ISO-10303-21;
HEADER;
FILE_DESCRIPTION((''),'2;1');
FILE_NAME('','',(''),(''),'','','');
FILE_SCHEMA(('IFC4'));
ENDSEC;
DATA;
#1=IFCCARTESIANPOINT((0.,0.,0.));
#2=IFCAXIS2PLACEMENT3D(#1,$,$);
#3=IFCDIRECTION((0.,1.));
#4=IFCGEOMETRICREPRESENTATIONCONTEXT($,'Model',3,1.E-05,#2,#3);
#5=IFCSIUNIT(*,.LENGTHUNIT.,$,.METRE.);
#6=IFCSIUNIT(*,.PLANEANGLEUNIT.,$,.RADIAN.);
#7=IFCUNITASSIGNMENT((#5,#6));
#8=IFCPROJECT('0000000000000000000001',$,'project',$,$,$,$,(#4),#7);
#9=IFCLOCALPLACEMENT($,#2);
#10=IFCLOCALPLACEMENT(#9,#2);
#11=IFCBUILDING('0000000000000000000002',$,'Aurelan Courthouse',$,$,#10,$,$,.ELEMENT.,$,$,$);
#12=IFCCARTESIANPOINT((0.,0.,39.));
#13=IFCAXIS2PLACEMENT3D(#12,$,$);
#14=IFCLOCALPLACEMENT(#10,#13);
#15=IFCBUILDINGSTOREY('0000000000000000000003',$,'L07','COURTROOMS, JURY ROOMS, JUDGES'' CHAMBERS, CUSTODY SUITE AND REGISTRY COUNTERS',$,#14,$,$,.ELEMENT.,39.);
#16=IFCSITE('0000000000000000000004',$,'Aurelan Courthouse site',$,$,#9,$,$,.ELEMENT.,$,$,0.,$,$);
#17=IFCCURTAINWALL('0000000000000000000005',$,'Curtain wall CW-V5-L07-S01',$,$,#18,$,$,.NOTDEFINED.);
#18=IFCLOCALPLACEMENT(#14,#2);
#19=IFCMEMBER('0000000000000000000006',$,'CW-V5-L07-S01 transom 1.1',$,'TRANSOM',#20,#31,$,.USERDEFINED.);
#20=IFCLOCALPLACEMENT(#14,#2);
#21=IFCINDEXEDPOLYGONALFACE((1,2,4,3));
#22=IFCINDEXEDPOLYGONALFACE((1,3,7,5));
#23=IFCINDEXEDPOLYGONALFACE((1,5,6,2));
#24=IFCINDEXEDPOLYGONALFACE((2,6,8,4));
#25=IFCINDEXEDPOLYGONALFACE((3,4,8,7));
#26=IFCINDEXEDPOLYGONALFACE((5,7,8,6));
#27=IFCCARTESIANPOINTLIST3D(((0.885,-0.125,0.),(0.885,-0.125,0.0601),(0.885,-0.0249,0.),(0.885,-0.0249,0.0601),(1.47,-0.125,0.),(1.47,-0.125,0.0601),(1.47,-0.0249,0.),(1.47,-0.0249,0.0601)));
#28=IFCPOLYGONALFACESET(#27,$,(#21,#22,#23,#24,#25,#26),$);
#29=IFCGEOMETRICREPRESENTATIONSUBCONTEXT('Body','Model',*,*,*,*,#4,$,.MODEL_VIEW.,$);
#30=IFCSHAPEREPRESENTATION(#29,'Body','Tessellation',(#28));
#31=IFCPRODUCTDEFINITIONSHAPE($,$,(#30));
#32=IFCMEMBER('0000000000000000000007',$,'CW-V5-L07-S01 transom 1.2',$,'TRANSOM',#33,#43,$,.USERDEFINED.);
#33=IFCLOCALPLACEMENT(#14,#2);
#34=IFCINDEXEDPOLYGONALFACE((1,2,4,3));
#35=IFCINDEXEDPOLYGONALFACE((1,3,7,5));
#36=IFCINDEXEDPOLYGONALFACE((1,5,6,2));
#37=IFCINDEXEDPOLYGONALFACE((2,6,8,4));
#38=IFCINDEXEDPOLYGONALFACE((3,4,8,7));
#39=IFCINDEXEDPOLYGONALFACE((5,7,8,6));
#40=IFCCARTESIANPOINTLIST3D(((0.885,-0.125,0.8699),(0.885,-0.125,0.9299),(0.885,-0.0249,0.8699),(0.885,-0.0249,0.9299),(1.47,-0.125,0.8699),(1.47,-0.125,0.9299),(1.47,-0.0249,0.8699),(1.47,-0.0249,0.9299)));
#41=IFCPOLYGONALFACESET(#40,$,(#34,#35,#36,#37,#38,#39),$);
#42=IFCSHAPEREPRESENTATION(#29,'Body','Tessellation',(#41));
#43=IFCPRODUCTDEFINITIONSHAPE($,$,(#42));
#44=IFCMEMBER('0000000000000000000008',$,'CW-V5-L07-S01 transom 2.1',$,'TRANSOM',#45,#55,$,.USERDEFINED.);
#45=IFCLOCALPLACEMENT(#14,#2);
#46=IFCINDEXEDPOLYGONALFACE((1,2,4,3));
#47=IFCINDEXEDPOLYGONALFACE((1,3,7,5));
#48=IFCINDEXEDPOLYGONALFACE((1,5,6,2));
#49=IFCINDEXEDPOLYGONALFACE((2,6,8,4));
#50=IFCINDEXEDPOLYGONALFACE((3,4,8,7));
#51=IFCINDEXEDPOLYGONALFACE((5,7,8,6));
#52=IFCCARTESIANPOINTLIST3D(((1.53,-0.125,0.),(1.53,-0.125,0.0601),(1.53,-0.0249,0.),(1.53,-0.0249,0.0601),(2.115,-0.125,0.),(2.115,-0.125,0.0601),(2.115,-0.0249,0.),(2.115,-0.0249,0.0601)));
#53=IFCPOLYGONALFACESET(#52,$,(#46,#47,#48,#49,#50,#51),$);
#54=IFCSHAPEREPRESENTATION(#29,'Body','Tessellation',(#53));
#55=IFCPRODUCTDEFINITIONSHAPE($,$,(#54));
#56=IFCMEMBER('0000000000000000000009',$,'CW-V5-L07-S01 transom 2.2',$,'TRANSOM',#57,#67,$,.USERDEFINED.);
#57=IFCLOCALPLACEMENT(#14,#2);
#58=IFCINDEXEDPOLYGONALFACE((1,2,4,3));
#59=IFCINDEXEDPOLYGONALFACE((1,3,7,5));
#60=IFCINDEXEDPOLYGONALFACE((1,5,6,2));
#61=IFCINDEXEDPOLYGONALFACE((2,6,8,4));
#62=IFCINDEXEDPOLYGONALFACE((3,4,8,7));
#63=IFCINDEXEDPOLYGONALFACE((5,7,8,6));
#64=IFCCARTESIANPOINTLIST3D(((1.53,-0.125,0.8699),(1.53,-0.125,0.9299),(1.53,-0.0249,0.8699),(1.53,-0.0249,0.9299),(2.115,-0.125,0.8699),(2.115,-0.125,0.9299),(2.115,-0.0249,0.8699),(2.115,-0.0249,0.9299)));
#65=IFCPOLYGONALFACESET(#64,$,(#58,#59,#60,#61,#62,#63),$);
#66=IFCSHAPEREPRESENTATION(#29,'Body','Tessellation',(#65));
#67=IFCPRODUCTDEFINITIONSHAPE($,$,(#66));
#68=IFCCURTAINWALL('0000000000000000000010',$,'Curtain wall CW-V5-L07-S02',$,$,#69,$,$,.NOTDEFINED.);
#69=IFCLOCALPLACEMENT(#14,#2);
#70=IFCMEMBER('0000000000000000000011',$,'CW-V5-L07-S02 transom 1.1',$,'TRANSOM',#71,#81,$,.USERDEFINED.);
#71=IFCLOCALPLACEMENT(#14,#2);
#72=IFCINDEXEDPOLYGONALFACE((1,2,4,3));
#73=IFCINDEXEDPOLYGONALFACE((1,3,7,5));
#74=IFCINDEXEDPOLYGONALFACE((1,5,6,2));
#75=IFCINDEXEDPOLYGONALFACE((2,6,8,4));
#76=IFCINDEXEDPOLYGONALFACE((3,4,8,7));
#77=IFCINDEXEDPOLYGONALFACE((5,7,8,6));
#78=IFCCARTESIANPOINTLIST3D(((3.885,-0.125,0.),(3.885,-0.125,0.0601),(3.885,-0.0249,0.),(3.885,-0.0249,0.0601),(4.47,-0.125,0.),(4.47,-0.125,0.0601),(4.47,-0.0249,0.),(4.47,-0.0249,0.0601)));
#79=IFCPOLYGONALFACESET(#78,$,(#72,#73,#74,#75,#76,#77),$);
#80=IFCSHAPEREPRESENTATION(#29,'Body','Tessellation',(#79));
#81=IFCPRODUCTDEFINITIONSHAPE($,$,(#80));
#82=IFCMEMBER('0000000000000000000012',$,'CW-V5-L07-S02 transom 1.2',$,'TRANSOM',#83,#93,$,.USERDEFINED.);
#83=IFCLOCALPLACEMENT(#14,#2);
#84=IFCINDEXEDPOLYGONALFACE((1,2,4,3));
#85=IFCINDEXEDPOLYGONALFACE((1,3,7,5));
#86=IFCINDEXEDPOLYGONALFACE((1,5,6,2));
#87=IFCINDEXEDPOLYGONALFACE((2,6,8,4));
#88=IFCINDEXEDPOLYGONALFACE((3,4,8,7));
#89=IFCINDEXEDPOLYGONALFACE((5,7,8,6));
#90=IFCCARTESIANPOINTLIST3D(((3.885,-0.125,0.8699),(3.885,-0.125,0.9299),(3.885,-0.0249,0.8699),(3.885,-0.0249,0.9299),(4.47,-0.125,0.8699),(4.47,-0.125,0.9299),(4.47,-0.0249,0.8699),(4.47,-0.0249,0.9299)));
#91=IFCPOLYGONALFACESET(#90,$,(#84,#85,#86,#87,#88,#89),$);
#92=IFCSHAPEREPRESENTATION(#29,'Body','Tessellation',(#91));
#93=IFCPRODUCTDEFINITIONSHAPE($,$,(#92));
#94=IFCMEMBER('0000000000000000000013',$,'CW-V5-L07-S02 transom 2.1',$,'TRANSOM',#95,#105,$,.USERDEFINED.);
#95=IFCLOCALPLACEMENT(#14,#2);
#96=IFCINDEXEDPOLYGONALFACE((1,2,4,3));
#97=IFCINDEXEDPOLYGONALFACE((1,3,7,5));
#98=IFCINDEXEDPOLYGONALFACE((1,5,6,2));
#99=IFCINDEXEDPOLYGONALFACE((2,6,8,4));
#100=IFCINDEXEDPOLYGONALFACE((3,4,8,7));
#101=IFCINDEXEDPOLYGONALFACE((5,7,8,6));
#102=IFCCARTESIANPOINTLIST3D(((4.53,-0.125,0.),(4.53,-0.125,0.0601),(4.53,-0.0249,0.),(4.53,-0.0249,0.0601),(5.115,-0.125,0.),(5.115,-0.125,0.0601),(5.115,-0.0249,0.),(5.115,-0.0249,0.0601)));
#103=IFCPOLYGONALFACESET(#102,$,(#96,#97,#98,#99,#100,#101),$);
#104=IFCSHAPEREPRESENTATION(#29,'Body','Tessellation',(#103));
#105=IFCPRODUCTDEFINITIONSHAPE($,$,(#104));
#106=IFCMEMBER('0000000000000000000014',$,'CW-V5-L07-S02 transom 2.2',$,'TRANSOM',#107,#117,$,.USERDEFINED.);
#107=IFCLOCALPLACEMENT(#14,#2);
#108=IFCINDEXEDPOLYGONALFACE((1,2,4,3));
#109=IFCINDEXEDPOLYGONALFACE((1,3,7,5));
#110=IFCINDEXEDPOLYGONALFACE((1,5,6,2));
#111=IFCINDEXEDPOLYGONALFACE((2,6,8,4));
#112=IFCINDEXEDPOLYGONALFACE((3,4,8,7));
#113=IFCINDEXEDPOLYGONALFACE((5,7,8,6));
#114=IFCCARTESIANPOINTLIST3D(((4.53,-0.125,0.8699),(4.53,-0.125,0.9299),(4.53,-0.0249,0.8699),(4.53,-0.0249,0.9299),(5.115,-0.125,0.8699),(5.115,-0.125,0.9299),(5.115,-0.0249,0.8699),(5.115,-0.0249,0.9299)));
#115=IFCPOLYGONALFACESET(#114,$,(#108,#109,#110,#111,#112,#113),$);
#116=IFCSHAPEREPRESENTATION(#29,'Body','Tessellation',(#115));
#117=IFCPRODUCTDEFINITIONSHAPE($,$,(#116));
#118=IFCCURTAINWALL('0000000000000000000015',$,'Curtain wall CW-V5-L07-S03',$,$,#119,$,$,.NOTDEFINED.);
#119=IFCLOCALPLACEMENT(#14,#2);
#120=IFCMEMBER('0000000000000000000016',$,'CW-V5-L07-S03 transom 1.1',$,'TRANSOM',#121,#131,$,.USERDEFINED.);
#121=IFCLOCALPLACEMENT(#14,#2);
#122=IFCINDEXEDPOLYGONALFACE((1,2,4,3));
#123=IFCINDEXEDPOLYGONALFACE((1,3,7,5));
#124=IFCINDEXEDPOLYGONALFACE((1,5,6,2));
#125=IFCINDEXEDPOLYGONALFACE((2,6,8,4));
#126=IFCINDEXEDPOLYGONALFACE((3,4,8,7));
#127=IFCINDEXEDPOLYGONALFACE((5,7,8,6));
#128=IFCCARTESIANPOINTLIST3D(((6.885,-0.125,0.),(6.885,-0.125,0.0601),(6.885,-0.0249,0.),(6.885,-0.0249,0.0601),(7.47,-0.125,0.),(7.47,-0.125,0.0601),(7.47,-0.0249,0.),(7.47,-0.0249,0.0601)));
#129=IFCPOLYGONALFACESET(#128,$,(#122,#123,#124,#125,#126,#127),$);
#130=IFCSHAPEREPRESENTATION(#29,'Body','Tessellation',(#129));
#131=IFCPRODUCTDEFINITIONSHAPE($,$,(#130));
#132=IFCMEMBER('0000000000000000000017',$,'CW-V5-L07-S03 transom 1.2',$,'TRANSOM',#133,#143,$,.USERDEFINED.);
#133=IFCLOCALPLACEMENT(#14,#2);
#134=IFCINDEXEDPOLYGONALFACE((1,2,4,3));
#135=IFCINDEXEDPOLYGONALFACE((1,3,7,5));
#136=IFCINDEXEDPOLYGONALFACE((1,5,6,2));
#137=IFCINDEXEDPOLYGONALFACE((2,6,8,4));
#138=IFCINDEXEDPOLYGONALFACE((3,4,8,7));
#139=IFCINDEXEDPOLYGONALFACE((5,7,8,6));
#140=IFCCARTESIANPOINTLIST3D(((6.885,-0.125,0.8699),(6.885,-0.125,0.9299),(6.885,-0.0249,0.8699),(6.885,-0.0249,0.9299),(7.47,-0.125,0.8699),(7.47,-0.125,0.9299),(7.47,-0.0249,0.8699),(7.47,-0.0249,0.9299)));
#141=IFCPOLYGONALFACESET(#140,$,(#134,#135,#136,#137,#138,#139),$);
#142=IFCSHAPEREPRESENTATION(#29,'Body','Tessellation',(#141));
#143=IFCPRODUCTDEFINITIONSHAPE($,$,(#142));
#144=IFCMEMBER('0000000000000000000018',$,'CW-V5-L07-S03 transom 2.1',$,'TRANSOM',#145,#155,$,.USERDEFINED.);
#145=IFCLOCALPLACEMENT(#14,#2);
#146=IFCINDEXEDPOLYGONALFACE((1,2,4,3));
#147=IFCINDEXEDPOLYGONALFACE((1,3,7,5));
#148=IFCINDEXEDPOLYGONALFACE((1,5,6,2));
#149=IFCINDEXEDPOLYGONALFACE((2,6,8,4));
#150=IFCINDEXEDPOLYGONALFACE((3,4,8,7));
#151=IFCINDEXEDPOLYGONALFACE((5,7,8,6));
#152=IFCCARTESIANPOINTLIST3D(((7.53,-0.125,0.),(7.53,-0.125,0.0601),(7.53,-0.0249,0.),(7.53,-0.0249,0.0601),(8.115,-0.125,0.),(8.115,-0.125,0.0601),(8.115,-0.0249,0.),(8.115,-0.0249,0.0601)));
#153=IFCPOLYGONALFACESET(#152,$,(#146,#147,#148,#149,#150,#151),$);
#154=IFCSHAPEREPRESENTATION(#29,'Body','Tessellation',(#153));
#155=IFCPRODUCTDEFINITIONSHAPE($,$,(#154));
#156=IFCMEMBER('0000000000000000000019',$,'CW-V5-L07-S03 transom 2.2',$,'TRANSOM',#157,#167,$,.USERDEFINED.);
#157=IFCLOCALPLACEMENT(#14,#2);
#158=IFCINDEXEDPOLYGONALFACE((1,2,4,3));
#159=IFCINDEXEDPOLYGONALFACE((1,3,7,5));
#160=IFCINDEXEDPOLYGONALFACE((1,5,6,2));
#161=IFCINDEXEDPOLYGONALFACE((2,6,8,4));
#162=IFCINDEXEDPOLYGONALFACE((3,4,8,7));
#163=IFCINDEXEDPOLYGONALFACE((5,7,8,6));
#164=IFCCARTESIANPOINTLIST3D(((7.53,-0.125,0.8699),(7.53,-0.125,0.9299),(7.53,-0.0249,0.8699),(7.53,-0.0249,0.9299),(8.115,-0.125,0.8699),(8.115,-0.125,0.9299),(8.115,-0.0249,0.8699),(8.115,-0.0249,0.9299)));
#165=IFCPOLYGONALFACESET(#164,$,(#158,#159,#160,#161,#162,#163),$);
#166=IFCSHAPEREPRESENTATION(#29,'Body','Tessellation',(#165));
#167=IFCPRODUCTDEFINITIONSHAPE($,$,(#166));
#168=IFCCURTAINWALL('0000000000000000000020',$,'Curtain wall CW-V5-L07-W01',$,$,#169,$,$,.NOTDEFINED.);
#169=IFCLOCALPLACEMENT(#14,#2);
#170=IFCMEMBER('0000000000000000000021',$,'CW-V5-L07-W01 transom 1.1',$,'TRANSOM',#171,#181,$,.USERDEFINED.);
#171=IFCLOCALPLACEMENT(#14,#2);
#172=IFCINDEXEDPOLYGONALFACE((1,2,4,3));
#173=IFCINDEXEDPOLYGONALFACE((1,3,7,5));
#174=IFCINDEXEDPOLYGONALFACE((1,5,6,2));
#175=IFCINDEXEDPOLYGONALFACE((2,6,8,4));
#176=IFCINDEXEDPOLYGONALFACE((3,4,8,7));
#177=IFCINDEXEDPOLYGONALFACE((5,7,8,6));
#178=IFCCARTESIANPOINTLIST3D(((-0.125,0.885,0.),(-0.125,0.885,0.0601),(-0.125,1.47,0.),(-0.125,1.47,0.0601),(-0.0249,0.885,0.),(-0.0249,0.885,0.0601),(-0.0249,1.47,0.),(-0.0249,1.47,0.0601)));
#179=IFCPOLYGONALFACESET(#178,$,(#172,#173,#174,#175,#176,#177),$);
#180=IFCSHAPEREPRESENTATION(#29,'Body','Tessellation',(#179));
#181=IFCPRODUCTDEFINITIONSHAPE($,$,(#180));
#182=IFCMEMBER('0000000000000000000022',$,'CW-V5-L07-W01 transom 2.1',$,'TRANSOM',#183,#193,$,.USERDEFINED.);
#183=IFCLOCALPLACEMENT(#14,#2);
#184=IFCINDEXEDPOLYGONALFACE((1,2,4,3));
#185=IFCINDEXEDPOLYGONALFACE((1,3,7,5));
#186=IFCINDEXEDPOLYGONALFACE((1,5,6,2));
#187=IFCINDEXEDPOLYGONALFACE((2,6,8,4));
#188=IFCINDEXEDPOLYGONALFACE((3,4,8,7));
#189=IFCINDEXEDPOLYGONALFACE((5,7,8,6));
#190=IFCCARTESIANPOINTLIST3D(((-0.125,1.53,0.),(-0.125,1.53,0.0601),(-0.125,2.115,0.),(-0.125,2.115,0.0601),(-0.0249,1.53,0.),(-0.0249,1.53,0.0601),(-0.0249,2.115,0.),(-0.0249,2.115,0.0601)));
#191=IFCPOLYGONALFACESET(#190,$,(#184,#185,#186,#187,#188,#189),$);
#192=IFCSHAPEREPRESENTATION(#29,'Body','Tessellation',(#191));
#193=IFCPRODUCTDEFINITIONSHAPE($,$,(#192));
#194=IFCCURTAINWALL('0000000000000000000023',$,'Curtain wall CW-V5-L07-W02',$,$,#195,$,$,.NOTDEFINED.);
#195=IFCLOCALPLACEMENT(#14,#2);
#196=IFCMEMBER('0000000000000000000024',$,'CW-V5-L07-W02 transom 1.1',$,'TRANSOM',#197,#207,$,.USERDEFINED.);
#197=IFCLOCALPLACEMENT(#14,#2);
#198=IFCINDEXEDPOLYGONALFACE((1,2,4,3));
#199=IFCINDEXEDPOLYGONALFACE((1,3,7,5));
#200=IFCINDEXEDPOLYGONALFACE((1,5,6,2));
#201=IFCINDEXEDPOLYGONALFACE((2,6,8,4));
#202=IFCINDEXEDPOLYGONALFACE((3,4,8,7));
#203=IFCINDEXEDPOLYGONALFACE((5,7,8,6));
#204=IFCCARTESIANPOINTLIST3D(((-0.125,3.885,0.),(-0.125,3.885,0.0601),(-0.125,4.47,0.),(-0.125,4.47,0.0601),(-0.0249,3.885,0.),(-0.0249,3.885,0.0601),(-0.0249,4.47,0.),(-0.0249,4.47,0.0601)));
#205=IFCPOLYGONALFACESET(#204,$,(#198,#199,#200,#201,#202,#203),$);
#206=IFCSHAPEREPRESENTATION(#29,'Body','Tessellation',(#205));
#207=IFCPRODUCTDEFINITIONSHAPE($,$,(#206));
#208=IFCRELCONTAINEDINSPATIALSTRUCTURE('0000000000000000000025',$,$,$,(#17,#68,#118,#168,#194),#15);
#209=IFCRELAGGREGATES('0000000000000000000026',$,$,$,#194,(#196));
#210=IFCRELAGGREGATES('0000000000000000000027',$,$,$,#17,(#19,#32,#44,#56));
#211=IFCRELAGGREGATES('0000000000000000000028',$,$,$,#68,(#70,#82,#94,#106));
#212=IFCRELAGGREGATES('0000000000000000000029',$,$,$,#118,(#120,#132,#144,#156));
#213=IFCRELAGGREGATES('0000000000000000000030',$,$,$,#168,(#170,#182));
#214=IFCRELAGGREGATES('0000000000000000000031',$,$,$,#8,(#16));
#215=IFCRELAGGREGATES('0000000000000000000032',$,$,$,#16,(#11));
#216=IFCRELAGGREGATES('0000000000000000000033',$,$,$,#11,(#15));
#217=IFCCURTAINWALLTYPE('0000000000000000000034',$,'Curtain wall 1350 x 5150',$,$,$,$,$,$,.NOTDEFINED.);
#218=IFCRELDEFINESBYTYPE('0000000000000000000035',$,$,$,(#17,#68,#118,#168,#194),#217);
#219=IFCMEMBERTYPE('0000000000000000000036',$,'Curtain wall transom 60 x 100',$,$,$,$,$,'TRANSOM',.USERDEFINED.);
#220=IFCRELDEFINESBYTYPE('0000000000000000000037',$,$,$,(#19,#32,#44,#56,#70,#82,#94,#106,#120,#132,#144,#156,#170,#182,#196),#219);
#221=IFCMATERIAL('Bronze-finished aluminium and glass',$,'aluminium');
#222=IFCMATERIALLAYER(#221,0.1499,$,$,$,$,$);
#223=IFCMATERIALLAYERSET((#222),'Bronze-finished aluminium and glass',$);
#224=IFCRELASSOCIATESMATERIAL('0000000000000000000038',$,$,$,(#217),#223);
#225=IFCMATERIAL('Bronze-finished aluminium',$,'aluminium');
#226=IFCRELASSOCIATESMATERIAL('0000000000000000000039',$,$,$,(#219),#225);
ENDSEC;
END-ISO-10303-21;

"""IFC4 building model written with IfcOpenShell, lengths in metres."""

from ifc_helpers import new_model, si_unit, direction, frame, origin, origin_2d, place, context, subcontext, project, spatial, rectangle, extrude, material, layer, layer_set, material_profile, profile_set, type_object, element, aggregate, save


model = new_model("IFC4")

# Units and contexts
model_context = context("Model", 3, precision=1e-05, world=origin(), true_north=direction((0.0, 1.0)))
body_context = subcontext(model_context, "Body", "Model", "MODEL_VIEW")
ifc_project = project(units=[si_unit("LENGTHUNIT", "METRE"), si_unit("PLANEANGLEUNIT", "RADIAN")], contexts=[model_context])

# Site, building, storey
site_placement = place(None, origin())
site = spatial("IfcSite", under=ifc_project, at=site_placement, Name="Aurelan Courthouse site", CompositionType="ELEMENT", RefElevation=0.0)
building_placement = place(site_placement, origin())
building = spatial("IfcBuilding", under=site, at=building_placement, Name="Aurelan Courthouse", CompositionType="ELEMENT")
storey_placement = place(building_placement, frame((0.0, 0.0, 39.0)))
storey = spatial("IfcBuildingStorey", under=building, at=storey_placement, Name="L07", Description="COURTROOMS, JURY ROOMS, JUDGES' CHAMBERS, CUSTODY SUITE AND REGISTRY COUNTERS", CompositionType="ELEMENT", Elevation=39.0)

# Curtain walls, members
ifc_material_1 = material(Name="Bronze-finished aluminium and glass", Category="aluminium")
ifc_layer_1 = layer(ifc_material_1, 0.1499)
ifc_layer_set_1 = layer_set([ifc_layer_1], Name="Bronze-finished aluminium and glass")
curtain_wall_type = type_object("IfcCurtainWallType", Name="Curtain wall 1350 x 5150", PredefinedType="NOTDEFINED", material=ifc_layer_set_1)
curtain_wall_1_placement = place(storey_placement, origin())
curtain_wall_1 = element("IfcCurtainWall", 1, at=curtain_wall_1_placement, inside=storey, type_object=curtain_wall_type, Name="Curtain wall CW-V5-L07-S01", PredefinedType="NOTDEFINED")
ifc_material_2 = material(Name="Bronze-finished aluminium", Category="aluminium")
ifc_material_profile = material_profile(ifc_material_2, rectangle(XDim=0.1001, YDim=0.0601, at=origin_2d()), Name="Bronze transom 60 x 100")
ifc_profile_set = profile_set([ifc_material_profile], Name="Bronze-finished aluminium")
member_type = type_object("IfcMemberType", Name="Curtain wall transom 60 x 100", ElementType="TRANSOM", PredefinedType="USERDEFINED", material=ifc_profile_set)
member_1_placement = place(storey_placement, frame((0.885, -0.075, 0.03), z_axis=(1.0, 0.0, 0.0), x_axis=(0.0, 1.0, 0.0)))
member_1 = element("IfcMember", 2, at=member_1_placement, type_object=member_type, Name="CW-V5-L07-S01 transom 1.1", ObjectType="TRANSOM", PredefinedType="USERDEFINED", context=body_context, shape_type="SweptSolid", body=[
    extrude(rectangle(XDim=0.1001, YDim=0.0601, at=origin_2d()), origin(), (0.0, 0.0, 1.0), 0.585),
])
member_2_placement = place(storey_placement, frame((0.885, -0.075, 0.8999), z_axis=(1.0, 0.0, 0.0), x_axis=(0.0, 1.0, 0.0)))
member_2 = element("IfcMember", 3, at=member_2_placement, type_object=member_type, Name="CW-V5-L07-S01 transom 1.2", ObjectType="TRANSOM", PredefinedType="USERDEFINED", context=body_context, shape_type="SweptSolid", body=[
    extrude(rectangle(XDim=0.1001, YDim=0.0601, at=origin_2d()), origin(), (0.0, 0.0, 1.0), 0.585),
])
member_3_placement = place(storey_placement, frame((1.53, -0.075, 0.03), z_axis=(1.0, 0.0, 0.0), x_axis=(0.0, 1.0, 0.0)))
member_3 = element("IfcMember", 4, at=member_3_placement, type_object=member_type, Name="CW-V5-L07-S01 transom 2.1", ObjectType="TRANSOM", PredefinedType="USERDEFINED", context=body_context, shape_type="SweptSolid", body=[
    extrude(rectangle(XDim=0.1001, YDim=0.0601, at=origin_2d()), origin(), (0.0, 0.0, 1.0), 0.585),
])
member_4_placement = place(storey_placement, frame((1.53, -0.075, 0.8999), z_axis=(1.0, 0.0, 0.0), x_axis=(0.0, 1.0, 0.0)))
member_4 = element("IfcMember", 5, at=member_4_placement, type_object=member_type, Name="CW-V5-L07-S01 transom 2.2", ObjectType="TRANSOM", PredefinedType="USERDEFINED", context=body_context, shape_type="SweptSolid", body=[
    extrude(rectangle(XDim=0.1001, YDim=0.0601, at=origin_2d()), origin(), (0.0, 0.0, 1.0), 0.585),
])
curtain_wall_2_placement = place(storey_placement, origin())
curtain_wall_2 = element("IfcCurtainWall", 6, at=curtain_wall_2_placement, inside=storey, type_object=curtain_wall_type, Name="Curtain wall CW-V5-L07-S02", PredefinedType="NOTDEFINED")
member_5_placement = place(storey_placement, frame((3.885, -0.075, 0.03), z_axis=(1.0, 0.0, 0.0), x_axis=(0.0, 1.0, 0.0)))
member_5 = element("IfcMember", 7, at=member_5_placement, type_object=member_type, Name="CW-V5-L07-S02 transom 1.1", ObjectType="TRANSOM", PredefinedType="USERDEFINED", context=body_context, shape_type="SweptSolid", body=[
    extrude(rectangle(XDim=0.1001, YDim=0.0601, at=origin_2d()), origin(), (0.0, 0.0, 1.0), 0.585),
])
member_6_placement = place(storey_placement, frame((3.885, -0.075, 0.8999), z_axis=(1.0, 0.0, 0.0), x_axis=(0.0, 1.0, 0.0)))
member_6 = element("IfcMember", 8, at=member_6_placement, type_object=member_type, Name="CW-V5-L07-S02 transom 1.2", ObjectType="TRANSOM", PredefinedType="USERDEFINED", context=body_context, shape_type="SweptSolid", body=[
    extrude(rectangle(XDim=0.1001, YDim=0.0601, at=origin_2d()), origin(), (0.0, 0.0, 1.0), 0.585),
])
member_7_placement = place(storey_placement, frame((4.53, -0.075, 0.03), z_axis=(1.0, 0.0, 0.0), x_axis=(0.0, 1.0, 0.0)))
member_7 = element("IfcMember", 9, at=member_7_placement, type_object=member_type, Name="CW-V5-L07-S02 transom 2.1", ObjectType="TRANSOM", PredefinedType="USERDEFINED", context=body_context, shape_type="SweptSolid", body=[
    extrude(rectangle(XDim=0.1001, YDim=0.0601, at=origin_2d()), origin(), (0.0, 0.0, 1.0), 0.585),
])
member_8_placement = place(storey_placement, frame((4.53, -0.075, 0.8999), z_axis=(1.0, 0.0, 0.0), x_axis=(0.0, 1.0, 0.0)))
member_8 = element("IfcMember", 10, at=member_8_placement, type_object=member_type, Name="CW-V5-L07-S02 transom 2.2", ObjectType="TRANSOM", PredefinedType="USERDEFINED", context=body_context, shape_type="SweptSolid", body=[
    extrude(rectangle(XDim=0.1001, YDim=0.0601, at=origin_2d()), origin(), (0.0, 0.0, 1.0), 0.585),
])
curtain_wall_3_placement = place(storey_placement, origin())
curtain_wall_3 = element("IfcCurtainWall", 11, at=curtain_wall_3_placement, inside=storey, type_object=curtain_wall_type, Name="Curtain wall CW-V5-L07-S03", PredefinedType="NOTDEFINED")
member_9_placement = place(storey_placement, frame((6.885, -0.075, 0.03), z_axis=(1.0, 0.0, 0.0), x_axis=(0.0, 1.0, 0.0)))
member_9 = element("IfcMember", 12, at=member_9_placement, type_object=member_type, Name="CW-V5-L07-S03 transom 1.1", ObjectType="TRANSOM", PredefinedType="USERDEFINED", context=body_context, shape_type="SweptSolid", body=[
    extrude(rectangle(XDim=0.1001, YDim=0.0601, at=origin_2d()), origin(), (0.0, 0.0, 1.0), 0.585),
])
member_10_placement = place(storey_placement, frame((6.885, -0.075, 0.8999), z_axis=(1.0, 0.0, 0.0), x_axis=(0.0, 1.0, 0.0)))
member_10 = element("IfcMember", 13, at=member_10_placement, type_object=member_type, Name="CW-V5-L07-S03 transom 1.2", ObjectType="TRANSOM", PredefinedType="USERDEFINED", context=body_context, shape_type="SweptSolid", body=[
    extrude(rectangle(XDim=0.1001, YDim=0.0601, at=origin_2d()), origin(), (0.0, 0.0, 1.0), 0.585),
])
member_11_placement = place(storey_placement, frame((7.53, -0.075, 0.03), z_axis=(1.0, 0.0, 0.0), x_axis=(0.0, 1.0, 0.0)))
member_11 = element("IfcMember", 14, at=member_11_placement, type_object=member_type, Name="CW-V5-L07-S03 transom 2.1", ObjectType="TRANSOM", PredefinedType="USERDEFINED", context=body_context, shape_type="SweptSolid", body=[
    extrude(rectangle(XDim=0.1001, YDim=0.0601, at=origin_2d()), origin(), (0.0, 0.0, 1.0), 0.585),
])
member_12_placement = place(storey_placement, frame((7.53, -0.075, 0.8999), z_axis=(1.0, 0.0, 0.0), x_axis=(0.0, 1.0, 0.0)))
member_12 = element("IfcMember", 15, at=member_12_placement, type_object=member_type, Name="CW-V5-L07-S03 transom 2.2", ObjectType="TRANSOM", PredefinedType="USERDEFINED", context=body_context, shape_type="SweptSolid", body=[
    extrude(rectangle(XDim=0.1001, YDim=0.0601, at=origin_2d()), origin(), (0.0, 0.0, 1.0), 0.585),
])
curtain_wall_4_placement = place(storey_placement, origin())
curtain_wall_4 = element("IfcCurtainWall", 16, at=curtain_wall_4_placement, inside=storey, type_object=curtain_wall_type, Name="Curtain wall CW-V5-L07-W01", PredefinedType="NOTDEFINED")
member_13_placement = place(storey_placement, frame((-0.075, 0.885, 0.03), z_axis=(0.0, 1.0, 0.0), x_axis=(-1.0, 0.0, 0.0)))
member_13 = element("IfcMember", 17, at=member_13_placement, type_object=member_type, Name="CW-V5-L07-W01 transom 1.1", ObjectType="TRANSOM", PredefinedType="USERDEFINED", context=body_context, shape_type="SweptSolid", body=[
    extrude(rectangle(XDim=0.1001, YDim=0.0601, at=origin_2d()), origin(), (0.0, 0.0, 1.0), 0.585),
])
member_14_placement = place(storey_placement, frame((-0.075, 1.53, 0.03), z_axis=(0.0, 1.0, 0.0), x_axis=(-1.0, 0.0, 0.0)))
member_14 = element("IfcMember", 18, at=member_14_placement, type_object=member_type, Name="CW-V5-L07-W01 transom 2.1", ObjectType="TRANSOM", PredefinedType="USERDEFINED", context=body_context, shape_type="SweptSolid", body=[
    extrude(rectangle(XDim=0.1001, YDim=0.0601, at=origin_2d()), origin(), (0.0, 0.0, 1.0), 0.585),
])

# Curtain wall, member
curtain_wall_5_placement = place(storey_placement, origin())
curtain_wall_5 = element("IfcCurtainWall", 19, at=curtain_wall_5_placement, inside=storey, type_object=curtain_wall_type, Name="Curtain wall CW-V5-L07-W02", PredefinedType="NOTDEFINED")
member_15_placement = place(storey_placement, frame((-0.075, 3.885, 0.03), z_axis=(0.0, 1.0, 0.0), x_axis=(-1.0, 0.0, 0.0)))
member_15 = element("IfcMember", 20, at=member_15_placement, type_object=member_type, Name="CW-V5-L07-W02 transom 1.1", ObjectType="TRANSOM", PredefinedType="USERDEFINED", context=body_context, shape_type="SweptSolid", body=[
    extrude(rectangle(XDim=0.1001, YDim=0.0601, at=origin_2d()), origin(), (0.0, 0.0, 1.0), 0.585),
])
aggregate(curtain_wall_5, [member_15])

aggregate(curtain_wall_1, [member_1, member_2, member_3, member_4])
aggregate(curtain_wall_2, [member_5, member_6, member_7, member_8])
aggregate(curtain_wall_3, [member_9, member_10, member_11, member_12])
aggregate(curtain_wall_4, [member_13, member_14])

save(model, "model.ifc")
